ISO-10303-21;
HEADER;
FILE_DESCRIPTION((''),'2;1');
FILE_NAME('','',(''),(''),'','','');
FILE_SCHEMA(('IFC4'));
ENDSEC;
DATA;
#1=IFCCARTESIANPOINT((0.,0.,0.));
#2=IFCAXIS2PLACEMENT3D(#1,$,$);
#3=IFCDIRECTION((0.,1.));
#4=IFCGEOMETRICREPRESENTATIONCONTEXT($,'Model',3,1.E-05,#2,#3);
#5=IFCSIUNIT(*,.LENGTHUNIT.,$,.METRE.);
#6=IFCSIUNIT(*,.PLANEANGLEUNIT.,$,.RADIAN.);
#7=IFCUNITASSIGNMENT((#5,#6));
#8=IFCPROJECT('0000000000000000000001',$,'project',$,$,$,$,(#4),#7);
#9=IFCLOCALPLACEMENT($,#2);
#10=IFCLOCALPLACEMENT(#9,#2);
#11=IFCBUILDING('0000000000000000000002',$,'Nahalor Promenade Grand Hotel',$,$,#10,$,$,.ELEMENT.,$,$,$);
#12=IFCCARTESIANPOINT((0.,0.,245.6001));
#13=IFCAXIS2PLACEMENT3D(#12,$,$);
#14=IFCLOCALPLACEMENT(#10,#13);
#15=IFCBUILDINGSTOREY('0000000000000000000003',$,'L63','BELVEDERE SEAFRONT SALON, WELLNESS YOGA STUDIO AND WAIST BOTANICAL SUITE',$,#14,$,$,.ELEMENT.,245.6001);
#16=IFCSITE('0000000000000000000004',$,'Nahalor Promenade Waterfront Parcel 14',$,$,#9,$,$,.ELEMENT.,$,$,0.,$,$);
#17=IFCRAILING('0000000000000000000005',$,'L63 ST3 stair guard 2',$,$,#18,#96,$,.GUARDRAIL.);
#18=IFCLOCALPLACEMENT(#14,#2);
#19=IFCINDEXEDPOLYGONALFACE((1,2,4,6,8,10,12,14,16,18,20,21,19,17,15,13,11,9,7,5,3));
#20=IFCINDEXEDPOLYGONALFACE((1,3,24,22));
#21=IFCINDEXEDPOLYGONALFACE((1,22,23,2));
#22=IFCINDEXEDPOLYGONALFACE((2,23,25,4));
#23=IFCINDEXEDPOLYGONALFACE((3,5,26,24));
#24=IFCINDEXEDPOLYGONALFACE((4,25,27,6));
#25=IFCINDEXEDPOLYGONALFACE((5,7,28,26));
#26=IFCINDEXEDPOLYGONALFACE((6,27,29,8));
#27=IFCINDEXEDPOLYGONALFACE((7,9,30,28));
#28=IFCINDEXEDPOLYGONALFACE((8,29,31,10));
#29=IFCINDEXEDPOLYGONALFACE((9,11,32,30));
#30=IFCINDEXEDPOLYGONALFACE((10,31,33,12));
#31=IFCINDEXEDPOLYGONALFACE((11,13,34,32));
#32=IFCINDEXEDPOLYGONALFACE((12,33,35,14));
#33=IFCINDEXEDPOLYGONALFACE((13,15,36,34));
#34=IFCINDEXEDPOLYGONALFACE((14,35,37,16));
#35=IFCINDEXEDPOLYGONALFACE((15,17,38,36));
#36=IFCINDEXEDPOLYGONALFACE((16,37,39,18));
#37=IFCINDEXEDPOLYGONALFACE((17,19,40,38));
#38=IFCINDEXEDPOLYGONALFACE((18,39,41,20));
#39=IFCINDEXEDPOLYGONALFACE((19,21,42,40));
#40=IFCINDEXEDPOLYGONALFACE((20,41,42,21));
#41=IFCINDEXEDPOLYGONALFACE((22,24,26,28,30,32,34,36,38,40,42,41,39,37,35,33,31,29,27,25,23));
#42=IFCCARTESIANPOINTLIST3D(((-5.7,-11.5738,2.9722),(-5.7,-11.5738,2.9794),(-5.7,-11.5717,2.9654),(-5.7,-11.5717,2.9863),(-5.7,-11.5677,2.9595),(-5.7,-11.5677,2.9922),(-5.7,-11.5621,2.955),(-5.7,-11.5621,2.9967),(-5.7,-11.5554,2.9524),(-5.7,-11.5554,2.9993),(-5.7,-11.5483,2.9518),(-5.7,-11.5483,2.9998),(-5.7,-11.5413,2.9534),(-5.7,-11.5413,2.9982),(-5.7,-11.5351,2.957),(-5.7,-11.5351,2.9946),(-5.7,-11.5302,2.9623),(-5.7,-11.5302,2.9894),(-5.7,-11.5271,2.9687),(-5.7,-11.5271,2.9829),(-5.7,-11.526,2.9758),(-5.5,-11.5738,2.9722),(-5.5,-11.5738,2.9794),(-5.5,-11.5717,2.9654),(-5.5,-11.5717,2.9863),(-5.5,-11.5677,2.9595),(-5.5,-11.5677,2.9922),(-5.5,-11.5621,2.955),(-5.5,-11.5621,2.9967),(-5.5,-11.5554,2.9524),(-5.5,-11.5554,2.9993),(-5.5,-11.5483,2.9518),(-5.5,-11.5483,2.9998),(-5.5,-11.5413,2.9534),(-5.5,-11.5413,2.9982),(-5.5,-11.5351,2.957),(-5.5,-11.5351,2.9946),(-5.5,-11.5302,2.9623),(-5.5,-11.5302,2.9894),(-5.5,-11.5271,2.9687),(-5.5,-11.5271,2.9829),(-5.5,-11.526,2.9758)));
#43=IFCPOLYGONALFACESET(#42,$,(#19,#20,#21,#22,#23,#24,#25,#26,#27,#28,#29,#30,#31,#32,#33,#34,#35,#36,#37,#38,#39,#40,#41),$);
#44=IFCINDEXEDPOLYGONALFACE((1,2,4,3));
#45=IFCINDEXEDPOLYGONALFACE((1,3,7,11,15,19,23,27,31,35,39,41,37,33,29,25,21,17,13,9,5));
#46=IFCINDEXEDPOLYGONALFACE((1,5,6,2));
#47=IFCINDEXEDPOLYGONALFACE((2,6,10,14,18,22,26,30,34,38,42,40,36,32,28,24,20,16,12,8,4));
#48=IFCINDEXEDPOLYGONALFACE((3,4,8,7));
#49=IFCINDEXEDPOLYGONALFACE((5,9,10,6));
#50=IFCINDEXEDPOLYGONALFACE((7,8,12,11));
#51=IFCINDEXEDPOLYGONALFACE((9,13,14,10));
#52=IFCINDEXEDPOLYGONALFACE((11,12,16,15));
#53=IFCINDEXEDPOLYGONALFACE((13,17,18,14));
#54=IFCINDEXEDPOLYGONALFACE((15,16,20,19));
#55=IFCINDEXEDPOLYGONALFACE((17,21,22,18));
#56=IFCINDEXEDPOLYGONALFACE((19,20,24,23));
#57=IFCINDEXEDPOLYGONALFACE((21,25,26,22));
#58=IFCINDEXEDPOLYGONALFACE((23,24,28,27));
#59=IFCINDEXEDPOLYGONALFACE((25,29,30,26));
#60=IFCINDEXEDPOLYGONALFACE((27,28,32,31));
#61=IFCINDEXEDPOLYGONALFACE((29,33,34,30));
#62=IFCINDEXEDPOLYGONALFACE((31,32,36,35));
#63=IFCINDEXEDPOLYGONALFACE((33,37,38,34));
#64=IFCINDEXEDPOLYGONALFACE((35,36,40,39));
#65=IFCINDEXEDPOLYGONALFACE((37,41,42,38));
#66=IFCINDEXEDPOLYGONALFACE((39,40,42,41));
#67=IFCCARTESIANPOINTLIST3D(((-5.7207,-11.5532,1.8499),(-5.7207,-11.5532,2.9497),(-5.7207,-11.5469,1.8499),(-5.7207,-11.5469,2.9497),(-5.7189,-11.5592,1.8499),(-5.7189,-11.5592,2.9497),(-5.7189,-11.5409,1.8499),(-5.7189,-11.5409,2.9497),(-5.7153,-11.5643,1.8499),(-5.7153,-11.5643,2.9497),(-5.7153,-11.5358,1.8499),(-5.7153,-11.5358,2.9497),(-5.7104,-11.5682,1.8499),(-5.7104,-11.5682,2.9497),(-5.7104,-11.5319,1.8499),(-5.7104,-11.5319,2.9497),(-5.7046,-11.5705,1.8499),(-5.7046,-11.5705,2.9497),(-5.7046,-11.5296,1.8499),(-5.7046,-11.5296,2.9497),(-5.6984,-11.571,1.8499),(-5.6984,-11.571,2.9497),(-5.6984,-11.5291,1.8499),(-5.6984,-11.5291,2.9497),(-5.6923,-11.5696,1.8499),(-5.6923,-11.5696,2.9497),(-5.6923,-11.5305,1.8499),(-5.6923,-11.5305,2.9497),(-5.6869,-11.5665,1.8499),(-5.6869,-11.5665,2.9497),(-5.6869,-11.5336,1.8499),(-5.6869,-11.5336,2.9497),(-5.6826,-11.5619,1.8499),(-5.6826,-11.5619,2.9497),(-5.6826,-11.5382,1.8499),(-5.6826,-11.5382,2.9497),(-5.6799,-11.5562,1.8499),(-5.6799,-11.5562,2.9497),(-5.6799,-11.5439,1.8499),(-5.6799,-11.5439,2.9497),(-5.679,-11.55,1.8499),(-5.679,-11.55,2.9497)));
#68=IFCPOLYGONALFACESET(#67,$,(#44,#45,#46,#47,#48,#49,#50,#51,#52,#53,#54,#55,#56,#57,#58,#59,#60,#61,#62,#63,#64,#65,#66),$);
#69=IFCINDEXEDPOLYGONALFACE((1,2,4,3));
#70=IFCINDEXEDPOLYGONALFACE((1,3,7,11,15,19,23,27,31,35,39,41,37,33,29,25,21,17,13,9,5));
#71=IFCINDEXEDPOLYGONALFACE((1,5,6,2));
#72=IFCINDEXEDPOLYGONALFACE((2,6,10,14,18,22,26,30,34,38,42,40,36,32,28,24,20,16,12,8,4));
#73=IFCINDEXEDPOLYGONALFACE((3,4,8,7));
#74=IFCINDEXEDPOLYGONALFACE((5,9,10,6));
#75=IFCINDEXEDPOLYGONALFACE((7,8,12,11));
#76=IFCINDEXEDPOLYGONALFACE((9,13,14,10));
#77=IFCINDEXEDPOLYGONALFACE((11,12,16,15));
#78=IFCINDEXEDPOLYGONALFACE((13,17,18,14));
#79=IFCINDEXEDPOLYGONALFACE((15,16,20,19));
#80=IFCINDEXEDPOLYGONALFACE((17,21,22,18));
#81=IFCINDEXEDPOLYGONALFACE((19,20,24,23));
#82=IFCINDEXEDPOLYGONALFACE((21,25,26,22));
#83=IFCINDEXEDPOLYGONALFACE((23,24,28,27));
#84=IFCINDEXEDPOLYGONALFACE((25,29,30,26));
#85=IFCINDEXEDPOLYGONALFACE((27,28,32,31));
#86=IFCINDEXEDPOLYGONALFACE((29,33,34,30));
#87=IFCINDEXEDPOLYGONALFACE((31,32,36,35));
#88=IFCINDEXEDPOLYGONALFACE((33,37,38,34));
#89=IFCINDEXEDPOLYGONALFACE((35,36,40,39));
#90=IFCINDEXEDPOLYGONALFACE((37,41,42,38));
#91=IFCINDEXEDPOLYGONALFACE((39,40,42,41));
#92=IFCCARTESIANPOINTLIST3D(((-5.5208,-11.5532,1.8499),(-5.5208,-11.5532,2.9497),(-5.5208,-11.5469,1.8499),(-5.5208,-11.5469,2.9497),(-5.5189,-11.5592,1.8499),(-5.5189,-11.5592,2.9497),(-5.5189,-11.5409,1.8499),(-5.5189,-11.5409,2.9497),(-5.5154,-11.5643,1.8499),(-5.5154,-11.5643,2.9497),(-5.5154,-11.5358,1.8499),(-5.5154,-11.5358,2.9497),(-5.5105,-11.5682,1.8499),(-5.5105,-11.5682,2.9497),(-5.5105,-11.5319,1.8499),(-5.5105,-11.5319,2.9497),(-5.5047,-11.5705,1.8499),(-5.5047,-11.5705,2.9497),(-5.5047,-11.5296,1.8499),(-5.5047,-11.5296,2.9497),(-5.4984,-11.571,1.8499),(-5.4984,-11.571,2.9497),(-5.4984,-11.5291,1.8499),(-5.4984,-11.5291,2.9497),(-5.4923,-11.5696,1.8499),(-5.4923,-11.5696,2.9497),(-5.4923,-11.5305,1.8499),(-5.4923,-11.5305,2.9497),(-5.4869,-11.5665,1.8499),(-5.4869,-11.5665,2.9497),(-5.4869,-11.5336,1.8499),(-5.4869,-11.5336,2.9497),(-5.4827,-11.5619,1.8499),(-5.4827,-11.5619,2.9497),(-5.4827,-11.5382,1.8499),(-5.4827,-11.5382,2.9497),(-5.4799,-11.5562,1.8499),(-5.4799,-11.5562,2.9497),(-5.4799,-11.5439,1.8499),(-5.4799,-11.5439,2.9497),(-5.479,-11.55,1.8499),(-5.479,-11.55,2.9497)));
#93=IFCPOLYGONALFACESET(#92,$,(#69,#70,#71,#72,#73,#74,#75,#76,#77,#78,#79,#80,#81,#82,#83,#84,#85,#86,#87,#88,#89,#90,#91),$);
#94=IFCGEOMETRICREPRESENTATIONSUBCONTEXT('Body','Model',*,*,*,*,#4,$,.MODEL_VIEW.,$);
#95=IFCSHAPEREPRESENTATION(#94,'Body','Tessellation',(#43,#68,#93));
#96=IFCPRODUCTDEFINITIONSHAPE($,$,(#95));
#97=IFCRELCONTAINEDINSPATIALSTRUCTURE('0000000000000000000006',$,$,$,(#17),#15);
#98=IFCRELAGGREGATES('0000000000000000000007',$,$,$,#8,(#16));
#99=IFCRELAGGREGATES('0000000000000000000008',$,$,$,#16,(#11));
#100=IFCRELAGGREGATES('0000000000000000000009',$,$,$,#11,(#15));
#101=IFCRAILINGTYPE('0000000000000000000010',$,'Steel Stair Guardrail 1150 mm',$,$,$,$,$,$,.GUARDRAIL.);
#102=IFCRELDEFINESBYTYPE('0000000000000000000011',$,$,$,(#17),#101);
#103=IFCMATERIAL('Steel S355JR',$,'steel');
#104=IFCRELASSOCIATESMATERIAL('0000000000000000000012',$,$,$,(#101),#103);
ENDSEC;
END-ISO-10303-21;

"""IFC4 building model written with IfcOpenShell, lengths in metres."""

from ifc_helpers import new_model, si_unit, direction, frame, origin, origin_2d, place, context, subcontext, project, spatial, circle, extrude, material, type_object, element, save


model = new_model("IFC4")

# Units and contexts
model_context = context("Model", 3, precision=1e-05, world=origin(), true_north=direction((0.0, 1.0)))
body_context = subcontext(model_context, "Body", "Model", "MODEL_VIEW")
ifc_project = project(units=[si_unit("LENGTHUNIT", "METRE"), si_unit("PLANEANGLEUNIT", "RADIAN")], contexts=[model_context])

# Site, building, storey
site_placement = place(None, origin())
site = spatial("IfcSite", under=ifc_project, at=site_placement, Name="Nahalor Promenade Waterfront Parcel 14", CompositionType="ELEMENT", RefElevation=0.0)
building_placement = place(site_placement, origin())
building = spatial("IfcBuilding", under=site, at=building_placement, Name="Nahalor Promenade Grand Hotel", CompositionType="ELEMENT")
storey_placement = place(building_placement, frame((0.0, 0.0, 245.6001)))
storey = spatial("IfcBuildingStorey", under=building, at=storey_placement, Name="L63", Description="BELVEDERE SEAFRONT SALON, WELLNESS YOGA STUDIO AND WAIST BOTANICAL SUITE", CompositionType="ELEMENT", Elevation=245.6001)

# Shared definitions
ifc_material_1 = material(Name="Steel S355JR", Category="steel")

# Railing
railing_type_1 = type_object("IfcRailingType", Name="Steel Stair Guardrail 1150 mm", PredefinedType="GUARDRAIL", material=ifc_material_1)
railing_1_placement = place(storey_placement, frame((-5.7, -11.55, 1.8499)))
element("IfcRailing", 1, at=railing_1_placement, inside=storey, type_object=railing_type_1, Name="L63 ST3 stair guard 2", PredefinedType="GUARDRAIL", context=body_context, shape_type="SweptSolid", body=[
    extrude(circle(Radius=0.024, at=origin_2d()), frame((0.0, 0.0, 1.126), z_axis=(1.0, 0.0, 0.0), x_axis=(0.0, 1.0, 0.0)), (0.0, 0.0, 1.0), 0.2),
    extrude(circle(Radius=0.021, at=origin_2d()), origin(), (0.0, 0.0, 1.0), 1.0999),
    extrude(circle(Radius=0.021, at=origin_2d()), frame((0.2, 0.0, 0.0)), (0.0, 0.0, 1.0), 1.0999),
])

save(model, "model.ifc")
